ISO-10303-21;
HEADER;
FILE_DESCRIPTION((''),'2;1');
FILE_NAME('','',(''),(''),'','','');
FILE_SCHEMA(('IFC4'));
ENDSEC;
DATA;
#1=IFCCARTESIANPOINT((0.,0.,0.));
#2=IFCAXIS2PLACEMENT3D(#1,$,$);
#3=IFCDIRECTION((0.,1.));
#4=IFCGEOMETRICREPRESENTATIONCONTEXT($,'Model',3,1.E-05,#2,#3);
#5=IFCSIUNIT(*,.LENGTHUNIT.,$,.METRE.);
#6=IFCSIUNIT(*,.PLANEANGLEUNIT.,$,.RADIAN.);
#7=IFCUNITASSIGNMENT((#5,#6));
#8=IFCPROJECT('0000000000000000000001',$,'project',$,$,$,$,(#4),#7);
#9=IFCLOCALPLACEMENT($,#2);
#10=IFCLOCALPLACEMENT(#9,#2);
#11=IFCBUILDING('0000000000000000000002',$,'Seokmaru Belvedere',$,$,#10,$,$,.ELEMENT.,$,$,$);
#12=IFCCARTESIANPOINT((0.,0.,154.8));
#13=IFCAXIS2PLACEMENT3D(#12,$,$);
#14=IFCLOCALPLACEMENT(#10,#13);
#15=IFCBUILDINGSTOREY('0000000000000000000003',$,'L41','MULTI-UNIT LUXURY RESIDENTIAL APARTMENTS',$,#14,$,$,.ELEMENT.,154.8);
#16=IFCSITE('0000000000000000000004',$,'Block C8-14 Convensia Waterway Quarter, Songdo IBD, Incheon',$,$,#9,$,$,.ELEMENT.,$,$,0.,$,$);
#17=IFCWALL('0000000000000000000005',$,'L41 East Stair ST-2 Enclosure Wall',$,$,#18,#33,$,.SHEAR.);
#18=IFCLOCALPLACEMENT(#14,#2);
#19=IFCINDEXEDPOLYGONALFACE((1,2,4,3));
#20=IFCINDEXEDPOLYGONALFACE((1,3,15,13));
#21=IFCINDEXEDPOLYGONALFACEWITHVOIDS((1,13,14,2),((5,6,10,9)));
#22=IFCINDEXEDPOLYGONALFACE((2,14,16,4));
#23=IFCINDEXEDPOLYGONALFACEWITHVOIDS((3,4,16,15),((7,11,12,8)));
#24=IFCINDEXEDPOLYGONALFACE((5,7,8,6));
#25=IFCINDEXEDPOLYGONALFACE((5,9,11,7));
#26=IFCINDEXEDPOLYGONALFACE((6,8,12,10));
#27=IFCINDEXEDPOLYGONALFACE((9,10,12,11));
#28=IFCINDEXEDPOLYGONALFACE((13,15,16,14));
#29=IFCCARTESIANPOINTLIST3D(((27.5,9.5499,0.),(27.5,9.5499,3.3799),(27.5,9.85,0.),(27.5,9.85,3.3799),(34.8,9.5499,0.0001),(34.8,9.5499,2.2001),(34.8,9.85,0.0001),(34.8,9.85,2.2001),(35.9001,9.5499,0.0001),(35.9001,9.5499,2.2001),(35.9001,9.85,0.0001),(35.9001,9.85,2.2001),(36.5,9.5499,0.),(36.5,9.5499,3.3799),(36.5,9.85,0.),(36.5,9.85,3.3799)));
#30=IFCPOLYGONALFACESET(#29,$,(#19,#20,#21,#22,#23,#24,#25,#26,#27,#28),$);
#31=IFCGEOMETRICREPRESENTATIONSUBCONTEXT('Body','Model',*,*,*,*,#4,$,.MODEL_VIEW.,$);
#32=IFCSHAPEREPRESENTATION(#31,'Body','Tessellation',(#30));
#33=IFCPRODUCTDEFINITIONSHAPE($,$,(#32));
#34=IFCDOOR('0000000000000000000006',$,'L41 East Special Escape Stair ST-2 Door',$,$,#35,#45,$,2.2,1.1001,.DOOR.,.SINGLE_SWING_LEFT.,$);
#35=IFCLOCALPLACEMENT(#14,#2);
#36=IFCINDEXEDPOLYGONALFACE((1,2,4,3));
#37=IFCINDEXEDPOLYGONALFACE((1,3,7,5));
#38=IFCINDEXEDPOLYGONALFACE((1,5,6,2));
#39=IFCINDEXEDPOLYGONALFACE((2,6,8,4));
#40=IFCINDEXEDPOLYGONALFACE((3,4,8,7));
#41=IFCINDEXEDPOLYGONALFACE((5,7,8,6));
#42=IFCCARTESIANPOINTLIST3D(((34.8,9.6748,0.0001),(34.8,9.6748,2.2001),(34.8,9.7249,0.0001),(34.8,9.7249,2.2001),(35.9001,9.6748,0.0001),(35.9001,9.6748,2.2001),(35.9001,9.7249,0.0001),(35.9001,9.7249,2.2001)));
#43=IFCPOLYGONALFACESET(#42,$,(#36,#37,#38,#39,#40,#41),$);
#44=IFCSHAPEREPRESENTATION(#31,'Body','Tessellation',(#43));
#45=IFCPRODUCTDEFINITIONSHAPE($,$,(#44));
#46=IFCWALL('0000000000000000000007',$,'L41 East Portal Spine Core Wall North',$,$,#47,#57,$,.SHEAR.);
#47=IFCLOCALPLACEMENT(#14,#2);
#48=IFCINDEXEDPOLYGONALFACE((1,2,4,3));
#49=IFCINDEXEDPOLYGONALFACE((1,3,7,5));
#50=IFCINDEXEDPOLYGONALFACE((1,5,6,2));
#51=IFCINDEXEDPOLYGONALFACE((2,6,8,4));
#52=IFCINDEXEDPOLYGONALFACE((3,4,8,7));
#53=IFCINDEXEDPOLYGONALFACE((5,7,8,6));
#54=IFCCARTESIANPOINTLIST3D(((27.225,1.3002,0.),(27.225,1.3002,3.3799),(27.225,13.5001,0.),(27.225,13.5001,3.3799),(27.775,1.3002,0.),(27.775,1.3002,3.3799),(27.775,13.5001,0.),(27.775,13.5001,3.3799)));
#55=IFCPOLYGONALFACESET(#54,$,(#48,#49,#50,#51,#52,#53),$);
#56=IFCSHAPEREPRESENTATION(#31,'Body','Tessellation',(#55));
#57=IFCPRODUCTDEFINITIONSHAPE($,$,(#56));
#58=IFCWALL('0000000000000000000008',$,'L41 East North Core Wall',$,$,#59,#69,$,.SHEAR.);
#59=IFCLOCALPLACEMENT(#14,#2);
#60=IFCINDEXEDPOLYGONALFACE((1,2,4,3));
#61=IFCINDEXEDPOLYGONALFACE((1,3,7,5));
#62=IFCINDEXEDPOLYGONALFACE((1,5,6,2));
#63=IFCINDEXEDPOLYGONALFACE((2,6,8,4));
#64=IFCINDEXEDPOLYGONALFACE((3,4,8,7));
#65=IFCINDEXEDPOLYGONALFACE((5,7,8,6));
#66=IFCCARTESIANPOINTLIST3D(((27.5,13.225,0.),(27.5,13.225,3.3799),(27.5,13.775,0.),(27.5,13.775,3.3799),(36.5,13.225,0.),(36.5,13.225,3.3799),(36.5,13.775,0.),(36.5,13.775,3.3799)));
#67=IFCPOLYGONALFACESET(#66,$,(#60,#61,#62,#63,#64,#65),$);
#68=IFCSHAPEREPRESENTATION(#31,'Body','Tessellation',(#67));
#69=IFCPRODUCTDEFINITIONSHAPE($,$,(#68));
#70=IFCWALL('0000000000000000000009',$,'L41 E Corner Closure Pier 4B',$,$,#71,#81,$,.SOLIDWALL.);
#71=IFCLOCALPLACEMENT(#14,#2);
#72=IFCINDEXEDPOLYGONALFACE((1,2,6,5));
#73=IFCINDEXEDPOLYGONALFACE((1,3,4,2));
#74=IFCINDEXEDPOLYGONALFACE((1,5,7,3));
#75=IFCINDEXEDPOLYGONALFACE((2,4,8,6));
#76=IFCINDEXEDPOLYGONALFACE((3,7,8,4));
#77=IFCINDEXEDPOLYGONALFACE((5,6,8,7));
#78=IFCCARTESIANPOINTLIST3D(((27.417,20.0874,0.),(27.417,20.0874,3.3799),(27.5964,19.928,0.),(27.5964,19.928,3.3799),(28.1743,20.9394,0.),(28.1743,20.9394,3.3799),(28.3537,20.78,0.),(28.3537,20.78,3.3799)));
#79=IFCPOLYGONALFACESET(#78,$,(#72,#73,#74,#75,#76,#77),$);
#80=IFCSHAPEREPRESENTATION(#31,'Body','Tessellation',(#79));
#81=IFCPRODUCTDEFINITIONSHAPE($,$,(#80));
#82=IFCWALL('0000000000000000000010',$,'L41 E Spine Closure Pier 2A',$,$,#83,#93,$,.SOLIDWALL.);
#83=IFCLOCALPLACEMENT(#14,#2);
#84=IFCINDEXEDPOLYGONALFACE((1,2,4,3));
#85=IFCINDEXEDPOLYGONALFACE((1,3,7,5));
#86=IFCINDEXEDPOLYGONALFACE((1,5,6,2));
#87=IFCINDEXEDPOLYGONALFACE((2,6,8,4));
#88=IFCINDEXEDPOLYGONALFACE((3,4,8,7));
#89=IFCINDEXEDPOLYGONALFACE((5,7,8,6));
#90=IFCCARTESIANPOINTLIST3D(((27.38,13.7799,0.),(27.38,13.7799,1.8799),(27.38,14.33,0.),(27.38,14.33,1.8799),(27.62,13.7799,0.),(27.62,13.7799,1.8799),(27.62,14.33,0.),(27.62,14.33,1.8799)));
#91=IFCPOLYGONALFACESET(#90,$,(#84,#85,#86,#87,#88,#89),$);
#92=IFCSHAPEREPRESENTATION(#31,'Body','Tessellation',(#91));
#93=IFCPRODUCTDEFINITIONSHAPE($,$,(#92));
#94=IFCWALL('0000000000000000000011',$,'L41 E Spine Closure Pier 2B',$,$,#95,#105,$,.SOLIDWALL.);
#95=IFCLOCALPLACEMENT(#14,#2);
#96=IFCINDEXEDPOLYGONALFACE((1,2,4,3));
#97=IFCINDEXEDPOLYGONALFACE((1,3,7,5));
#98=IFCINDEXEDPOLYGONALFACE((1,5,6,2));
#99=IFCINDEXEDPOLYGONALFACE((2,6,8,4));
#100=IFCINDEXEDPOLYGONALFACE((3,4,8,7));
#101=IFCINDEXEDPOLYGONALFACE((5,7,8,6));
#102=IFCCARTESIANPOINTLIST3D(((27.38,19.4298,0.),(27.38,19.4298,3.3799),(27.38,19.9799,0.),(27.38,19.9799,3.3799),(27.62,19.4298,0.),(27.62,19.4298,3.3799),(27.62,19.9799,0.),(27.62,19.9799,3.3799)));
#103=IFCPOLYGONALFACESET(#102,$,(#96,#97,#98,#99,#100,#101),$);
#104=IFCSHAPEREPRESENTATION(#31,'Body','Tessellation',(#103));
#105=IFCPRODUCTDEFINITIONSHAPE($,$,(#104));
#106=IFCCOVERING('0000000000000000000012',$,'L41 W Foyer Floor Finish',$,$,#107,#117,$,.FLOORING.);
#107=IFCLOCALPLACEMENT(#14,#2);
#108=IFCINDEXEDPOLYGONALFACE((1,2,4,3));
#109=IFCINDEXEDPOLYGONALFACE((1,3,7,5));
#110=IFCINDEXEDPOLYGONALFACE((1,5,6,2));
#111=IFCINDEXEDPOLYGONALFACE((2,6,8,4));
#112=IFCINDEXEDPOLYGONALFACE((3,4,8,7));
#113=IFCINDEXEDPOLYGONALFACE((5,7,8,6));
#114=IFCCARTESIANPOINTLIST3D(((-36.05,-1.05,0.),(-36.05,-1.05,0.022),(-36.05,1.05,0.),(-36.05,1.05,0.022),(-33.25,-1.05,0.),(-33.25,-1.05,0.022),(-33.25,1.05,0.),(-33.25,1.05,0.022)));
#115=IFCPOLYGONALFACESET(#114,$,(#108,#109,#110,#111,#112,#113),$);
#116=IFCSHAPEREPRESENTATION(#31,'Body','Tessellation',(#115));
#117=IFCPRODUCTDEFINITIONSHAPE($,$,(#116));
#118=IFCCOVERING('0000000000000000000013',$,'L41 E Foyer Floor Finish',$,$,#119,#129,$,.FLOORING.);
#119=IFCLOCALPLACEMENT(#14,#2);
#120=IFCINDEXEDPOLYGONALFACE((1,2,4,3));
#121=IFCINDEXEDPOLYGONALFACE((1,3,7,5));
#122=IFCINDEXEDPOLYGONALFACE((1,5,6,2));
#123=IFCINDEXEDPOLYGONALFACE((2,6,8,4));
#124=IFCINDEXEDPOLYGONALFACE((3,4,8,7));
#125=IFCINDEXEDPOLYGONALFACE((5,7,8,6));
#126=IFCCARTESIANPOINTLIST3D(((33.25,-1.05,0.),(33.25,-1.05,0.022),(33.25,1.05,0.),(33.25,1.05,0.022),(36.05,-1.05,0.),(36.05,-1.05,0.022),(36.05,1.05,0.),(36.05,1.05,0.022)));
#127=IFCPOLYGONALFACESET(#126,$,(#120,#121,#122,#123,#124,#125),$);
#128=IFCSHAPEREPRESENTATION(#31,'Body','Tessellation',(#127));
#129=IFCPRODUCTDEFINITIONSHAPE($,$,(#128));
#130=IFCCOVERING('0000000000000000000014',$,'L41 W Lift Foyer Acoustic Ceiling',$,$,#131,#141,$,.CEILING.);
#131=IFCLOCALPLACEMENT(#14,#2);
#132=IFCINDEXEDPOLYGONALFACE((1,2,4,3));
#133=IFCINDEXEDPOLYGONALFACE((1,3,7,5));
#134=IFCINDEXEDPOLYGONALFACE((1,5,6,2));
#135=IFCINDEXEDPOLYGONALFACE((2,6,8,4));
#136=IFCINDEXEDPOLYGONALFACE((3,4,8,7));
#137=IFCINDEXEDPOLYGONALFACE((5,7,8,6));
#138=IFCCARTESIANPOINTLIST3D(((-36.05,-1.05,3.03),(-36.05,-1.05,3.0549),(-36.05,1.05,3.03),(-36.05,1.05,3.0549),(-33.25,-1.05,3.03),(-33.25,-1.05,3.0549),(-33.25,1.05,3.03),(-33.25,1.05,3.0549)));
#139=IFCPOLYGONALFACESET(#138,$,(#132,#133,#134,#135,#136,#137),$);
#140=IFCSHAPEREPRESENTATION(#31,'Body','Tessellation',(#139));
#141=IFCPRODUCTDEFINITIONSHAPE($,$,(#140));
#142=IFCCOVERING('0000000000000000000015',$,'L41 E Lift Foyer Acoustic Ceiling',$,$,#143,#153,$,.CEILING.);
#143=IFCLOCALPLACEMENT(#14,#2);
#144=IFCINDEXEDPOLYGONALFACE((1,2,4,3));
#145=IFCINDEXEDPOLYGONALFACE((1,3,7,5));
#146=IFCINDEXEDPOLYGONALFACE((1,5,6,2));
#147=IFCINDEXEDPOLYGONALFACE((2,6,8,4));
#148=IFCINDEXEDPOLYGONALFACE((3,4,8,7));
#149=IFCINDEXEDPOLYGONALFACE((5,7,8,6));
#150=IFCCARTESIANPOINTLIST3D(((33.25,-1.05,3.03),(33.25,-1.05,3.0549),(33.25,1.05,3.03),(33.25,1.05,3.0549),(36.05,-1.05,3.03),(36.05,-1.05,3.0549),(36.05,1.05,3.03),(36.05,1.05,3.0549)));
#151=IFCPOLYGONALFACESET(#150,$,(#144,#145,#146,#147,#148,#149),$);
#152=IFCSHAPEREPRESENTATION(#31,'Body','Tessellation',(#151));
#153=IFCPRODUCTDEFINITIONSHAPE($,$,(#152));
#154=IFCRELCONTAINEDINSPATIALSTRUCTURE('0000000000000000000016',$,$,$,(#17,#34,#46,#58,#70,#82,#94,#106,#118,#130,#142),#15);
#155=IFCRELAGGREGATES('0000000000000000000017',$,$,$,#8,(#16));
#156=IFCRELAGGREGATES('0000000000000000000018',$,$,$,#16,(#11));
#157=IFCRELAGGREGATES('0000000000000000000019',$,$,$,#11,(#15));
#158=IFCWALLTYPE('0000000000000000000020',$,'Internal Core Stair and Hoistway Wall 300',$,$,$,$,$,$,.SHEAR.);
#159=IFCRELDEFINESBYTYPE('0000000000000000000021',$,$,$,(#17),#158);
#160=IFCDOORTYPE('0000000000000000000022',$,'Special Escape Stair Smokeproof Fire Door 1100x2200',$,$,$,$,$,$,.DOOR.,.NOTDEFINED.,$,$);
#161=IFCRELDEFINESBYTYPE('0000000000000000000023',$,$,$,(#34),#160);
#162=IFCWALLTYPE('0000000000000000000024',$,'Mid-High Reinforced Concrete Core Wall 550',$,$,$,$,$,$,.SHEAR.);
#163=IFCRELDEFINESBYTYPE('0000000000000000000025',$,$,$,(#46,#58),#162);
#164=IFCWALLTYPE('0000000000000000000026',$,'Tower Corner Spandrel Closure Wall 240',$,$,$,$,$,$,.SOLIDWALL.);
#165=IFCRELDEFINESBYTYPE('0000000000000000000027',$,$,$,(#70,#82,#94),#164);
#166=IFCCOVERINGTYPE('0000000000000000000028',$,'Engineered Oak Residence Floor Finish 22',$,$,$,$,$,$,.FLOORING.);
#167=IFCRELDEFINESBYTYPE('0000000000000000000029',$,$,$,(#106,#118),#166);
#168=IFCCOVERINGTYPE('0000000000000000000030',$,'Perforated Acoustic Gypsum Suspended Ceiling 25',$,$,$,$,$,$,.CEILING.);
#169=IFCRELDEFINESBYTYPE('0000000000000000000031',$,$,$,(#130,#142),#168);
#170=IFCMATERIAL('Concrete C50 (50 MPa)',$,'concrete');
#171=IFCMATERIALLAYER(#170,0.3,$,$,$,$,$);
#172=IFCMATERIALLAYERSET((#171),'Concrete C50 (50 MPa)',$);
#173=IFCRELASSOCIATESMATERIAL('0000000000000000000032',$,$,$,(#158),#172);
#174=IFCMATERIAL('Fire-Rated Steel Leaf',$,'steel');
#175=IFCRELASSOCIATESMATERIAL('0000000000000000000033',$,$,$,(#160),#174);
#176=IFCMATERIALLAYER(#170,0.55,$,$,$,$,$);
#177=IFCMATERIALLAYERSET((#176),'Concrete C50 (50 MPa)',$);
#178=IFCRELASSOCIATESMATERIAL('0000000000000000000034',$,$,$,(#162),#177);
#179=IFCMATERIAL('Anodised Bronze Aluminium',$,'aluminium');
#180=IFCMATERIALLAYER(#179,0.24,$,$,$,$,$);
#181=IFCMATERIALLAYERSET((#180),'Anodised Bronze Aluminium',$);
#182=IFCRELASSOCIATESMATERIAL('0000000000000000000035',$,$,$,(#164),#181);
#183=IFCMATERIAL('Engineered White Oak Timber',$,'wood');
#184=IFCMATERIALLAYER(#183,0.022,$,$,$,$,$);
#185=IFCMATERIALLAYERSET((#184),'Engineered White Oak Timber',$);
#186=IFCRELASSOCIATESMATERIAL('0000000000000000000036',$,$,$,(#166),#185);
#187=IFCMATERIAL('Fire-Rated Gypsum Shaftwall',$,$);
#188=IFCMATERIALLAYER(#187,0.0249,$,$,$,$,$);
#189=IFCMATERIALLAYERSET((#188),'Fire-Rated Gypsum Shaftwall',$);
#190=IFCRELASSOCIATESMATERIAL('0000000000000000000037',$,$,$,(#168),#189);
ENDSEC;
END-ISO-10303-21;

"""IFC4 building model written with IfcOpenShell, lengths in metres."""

from ifc_helpers import new_model, si_unit, direction, frame, frame_2d, origin, place, context, subcontext, project, spatial, polyline, rectangle, outline, extrude, source, transform, mapped, material, layer, layer_set, type_object, type_shapes, element, fill, save


model = new_model("IFC4")

# Units and contexts
model_context = context("Model", 3, precision=1e-05, world=origin(), true_north=direction((0.0, 1.0)))
body_context = subcontext(model_context, "Body", "Model", "MODEL_VIEW")
ifc_project = project(units=[si_unit("LENGTHUNIT", "METRE"), si_unit("PLANEANGLEUNIT", "RADIAN")], contexts=[model_context])

# Site, building, storey
site_placement = place(None, origin())
site = spatial("IfcSite", under=ifc_project, at=site_placement, Name="Block C8-14 Convensia Waterway Quarter, Songdo IBD, Incheon", CompositionType="ELEMENT", RefElevation=0.0)
building_placement = place(site_placement, origin())
building = spatial("IfcBuilding", under=site, at=building_placement, Name="Seokmaru Belvedere", CompositionType="ELEMENT")
storey_placement = place(building_placement, frame((0.0, 0.0, 154.8)))
storey = spatial("IfcBuildingStorey", under=building, at=storey_placement, Name="L41", Description="MULTI-UNIT LUXURY RESIDENTIAL APARTMENTS", CompositionType="ELEMENT", Elevation=154.8)

# Shared definitions
ifc_material_1 = material(Name="Anodised Bronze Aluminium", Category="aluminium")

# Shared definitions
ifc_material_2 = material(Name="Fire-Rated Gypsum Shaftwall")

# Shared definitions
ifc_material_3 = material(Name="Concrete C50 (50 MPa)", Category="concrete")

# Wall, opening, door
ifc_layer_1 = layer(ifc_material_3, 0.3)
ifc_layer_set_1 = layer_set([ifc_layer_1], Name="Concrete C50 (50 MPa)")
wall_type_1 = type_object("IfcWallType", Name="Internal Core Stair and Hoistway Wall 300", PredefinedType="SHEAR", material=ifc_layer_set_1)
wall_1_placement = place(storey_placement, frame((27.5, 9.7, 0.0), z_axis=(0.0, 0.0, 1.0), x_axis=(1.0, 0.0, 0.0)))
wall_1 = element("IfcWall", 1, at=wall_1_placement, inside=storey, type_object=wall_type_1, Name="L41 East Stair ST-2 Enclosure Wall", PredefinedType="SHEAR", context=body_context, shape_type="SweptSolid", body=[
    extrude(rectangle(XDim=9.0, YDim=0.3, at=frame_2d((4.5, 0.0))), origin(), (0.0, 0.0, 1.0), 3.3799),
])
opening_1_placement = place(wall_1_placement, frame((7.3, 0.0, 0.0)))
opening_1 = element("IfcOpeningElement", 2, at=opening_1_placement, cuts=wall_1, PredefinedType="OPENING", context=body_context, shape_type="SweptSolid", body=[
    extrude(rectangle(XDim=1.1001, YDim=2.2, at=frame_2d((0.55, 1.1001))), frame((0.0, 0.1602, 0.0), z_axis=(0.0, -1.0, 0.0), x_axis=(1.0, 0.0, 0.0)), (0.0, 0.0, 1.0), 0.3201),
])
ifc_material_4 = material(Name="Fire-Rated Steel Leaf", Category="steel")
door_type = type_object("IfcDoorType", Name="Special Escape Stair Smokeproof Fire Door 1100x2200", OperationType="NOTDEFINED", PredefinedType="DOOR", material=ifc_material_4)
shared_shape_1 = source(origin(), body_context, "Body", "SweptSolid", [
    extrude(rectangle(XDim=1.1001, YDim=2.2, at=frame_2d((0.55, 1.1001))), frame((0.0, 0.0249, 0.0), z_axis=(0.0, -1.0, 0.0), x_axis=(1.0, 0.0, 0.0)), (0.0, 0.0, 1.0), 0.05),
])
type_shapes(door_type, [shared_shape_1])
door_placement = place(opening_1_placement, origin())
door = element("IfcDoor", 3, at=door_placement, inside=storey, type_object=door_type, Name="L41 East Special Escape Stair ST-2 Door", OperationType="SINGLE_SWING_LEFT", OverallHeight=2.2, OverallWidth=1.1001, PredefinedType="DOOR", context=body_context, shape_type="MappedRepresentation", body=[
    mapped(shared_shape_1, transform((0.0, 0.0, 0.0), scale=1.0)),
])
fill(opening_1, door)

# Walls
ifc_layer_2 = layer(ifc_material_3, 0.55)
ifc_layer_set_2 = layer_set([ifc_layer_2], Name="Concrete C50 (50 MPa)")
wall_type_2 = type_object("IfcWallType", Name="Mid-High Reinforced Concrete Core Wall 550", PredefinedType="SHEAR", material=ifc_layer_set_2)
wall_2_placement = place(storey_placement, frame((27.5, 1.3, 0.0), z_axis=(0.0, 0.0, 1.0), x_axis=(0.0, 1.0, 0.0)))
element("IfcWall", 4, at=wall_2_placement, inside=storey, type_object=wall_type_2, Name="L41 East Portal Spine Core Wall North", PredefinedType="SHEAR", context=body_context, shape_type="SweptSolid", body=[
    extrude(rectangle(XDim=12.2, YDim=0.55, at=frame_2d((6.1001, 0.0))), origin(), (0.0, 0.0, 1.0), 3.3799),
])
wall_3_placement = place(storey_placement, frame((27.5, 13.5, 0.0), z_axis=(0.0, 0.0, 1.0), x_axis=(1.0, 0.0, 0.0)))
element("IfcWall", 5, at=wall_3_placement, inside=storey, type_object=wall_type_2, Name="L41 East North Core Wall", PredefinedType="SHEAR", context=body_context, shape_type="SweptSolid", body=[
    extrude(rectangle(XDim=9.0, YDim=0.55, at=frame_2d((4.5, 0.0))), origin(), (0.0, 0.0, 1.0), 3.3799),
])
ifc_layer_3 = layer(ifc_material_1, 0.24)
ifc_layer_set_3 = layer_set([ifc_layer_3], Name="Anodised Bronze Aluminium")
wall_type_3 = type_object("IfcWallType", Name="Tower Corner Spandrel Closure Wall 240", PredefinedType="SOLIDWALL", material=ifc_layer_set_3)
wall_4_placement = place(storey_placement, frame((28.2639, 20.8596, 0.0), z_axis=(0.0, 0.0, 1.0), x_axis=(-0.664337, -0.747433, 0.0)))
element("IfcWall", 6, at=wall_4_placement, inside=storey, type_object=wall_type_3, Name="L41 E Corner Closure Pier 4B", PredefinedType="SOLIDWALL", context=body_context, shape_type="SweptSolid", body=[
    extrude(rectangle(XDim=1.1399, YDim=0.24, at=frame_2d((0.5698, 0.0))), origin(), (0.0, 0.0, 1.0), 3.3799),
])
wall_5_placement = place(storey_placement, frame((27.5, 13.78, 0.0), z_axis=(0.0, 0.0, 1.0), x_axis=(0.0, 1.0, 0.0)))
element("IfcWall", 7, at=wall_5_placement, inside=storey, type_object=wall_type_3, Name="L41 E Spine Closure Pier 2A", PredefinedType="SOLIDWALL", context=body_context, shape_type="SweptSolid", body=[
    extrude(rectangle(XDim=0.55, YDim=0.24, at=frame_2d((0.2749, 0.0))), origin(), (0.0, 0.0, 1.0), 1.8799),
])
wall_6_placement = place(storey_placement, frame((27.5, 19.4299, 0.0), z_axis=(0.0, 0.0, 1.0), x_axis=(0.0, 1.0, 0.0)))
element("IfcWall", 8, at=wall_6_placement, inside=storey, type_object=wall_type_3, Name="L41 E Spine Closure Pier 2B", PredefinedType="SOLIDWALL", context=body_context, shape_type="SweptSolid", body=[
    extrude(rectangle(XDim=0.55, YDim=0.24, at=frame_2d((0.2749, 0.0))), origin(), (0.0, 0.0, 1.0), 3.3799),
])

# Coverings
ifc_material_5 = material(Name="Engineered White Oak Timber", Category="wood")
ifc_layer_4 = layer(ifc_material_5, 0.022)
ifc_layer_set_4 = layer_set([ifc_layer_4], Name="Engineered White Oak Timber")
covering_type_1 = type_object("IfcCoveringType", Name="Engineered Oak Residence Floor Finish 22", PredefinedType="FLOORING", material=ifc_layer_set_4)
covering_1_placement = place(storey_placement, origin())
element("IfcCovering", 9, at=covering_1_placement, inside=storey, type_object=covering_type_1, Name="L41 W Foyer Floor Finish", PredefinedType="FLOORING", context=body_context, shape_type="SweptSolid", body=[
    extrude(outline(polyline([(-36.05, -1.05), (-33.25, -1.05), (-33.25, 1.05), (-36.05, 1.05), (-36.05, -1.05)])), origin(), (0.0, 0.0, 1.0), 0.022),
])
covering_2_placement = place(storey_placement, origin())
element("IfcCovering", 10, at=covering_2_placement, inside=storey, type_object=covering_type_1, Name="L41 E Foyer Floor Finish", PredefinedType="FLOORING", context=body_context, shape_type="SweptSolid", body=[
    extrude(outline(polyline([(33.25, -1.05), (36.05, -1.05), (36.05, 1.05), (33.25, 1.05), (33.25, -1.05)])), origin(), (0.0, 0.0, 1.0), 0.022),
])
ifc_layer_5 = layer(ifc_material_2, 0.0249)
ifc_layer_set_5 = layer_set([ifc_layer_5], Name="Fire-Rated Gypsum Shaftwall")
covering_type_2 = type_object("IfcCoveringType", Name="Perforated Acoustic Gypsum Suspended Ceiling 25", PredefinedType="CEILING", material=ifc_layer_set_5)
covering_3_placement = place(storey_placement, frame((0.0, 0.0, 3.03)))
element("IfcCovering", 11, at=covering_3_placement, inside=storey, type_object=covering_type_2, Name="L41 W Lift Foyer Acoustic Ceiling", PredefinedType="CEILING", context=body_context, shape_type="SweptSolid", body=[
    extrude(outline(polyline([(-36.05, -1.05), (-33.25, -1.05), (-33.25, 1.05), (-36.05, 1.05), (-36.05, -1.05)])), origin(), (0.0, 0.0, 1.0), 0.0249),
])
covering_4_placement = place(storey_placement, frame((0.0, 0.0, 3.03)))
element("IfcCovering", 12, at=covering_4_placement, inside=storey, type_object=covering_type_2, Name="L41 E Lift Foyer Acoustic Ceiling", PredefinedType="CEILING", context=body_context, shape_type="SweptSolid", body=[
    extrude(outline(polyline([(33.25, -1.05), (36.05, -1.05), (36.05, 1.05), (33.25, 1.05), (33.25, -1.05)])), origin(), (0.0, 0.0, 1.0), 0.0249),
])

save(model, "model.ifc")
